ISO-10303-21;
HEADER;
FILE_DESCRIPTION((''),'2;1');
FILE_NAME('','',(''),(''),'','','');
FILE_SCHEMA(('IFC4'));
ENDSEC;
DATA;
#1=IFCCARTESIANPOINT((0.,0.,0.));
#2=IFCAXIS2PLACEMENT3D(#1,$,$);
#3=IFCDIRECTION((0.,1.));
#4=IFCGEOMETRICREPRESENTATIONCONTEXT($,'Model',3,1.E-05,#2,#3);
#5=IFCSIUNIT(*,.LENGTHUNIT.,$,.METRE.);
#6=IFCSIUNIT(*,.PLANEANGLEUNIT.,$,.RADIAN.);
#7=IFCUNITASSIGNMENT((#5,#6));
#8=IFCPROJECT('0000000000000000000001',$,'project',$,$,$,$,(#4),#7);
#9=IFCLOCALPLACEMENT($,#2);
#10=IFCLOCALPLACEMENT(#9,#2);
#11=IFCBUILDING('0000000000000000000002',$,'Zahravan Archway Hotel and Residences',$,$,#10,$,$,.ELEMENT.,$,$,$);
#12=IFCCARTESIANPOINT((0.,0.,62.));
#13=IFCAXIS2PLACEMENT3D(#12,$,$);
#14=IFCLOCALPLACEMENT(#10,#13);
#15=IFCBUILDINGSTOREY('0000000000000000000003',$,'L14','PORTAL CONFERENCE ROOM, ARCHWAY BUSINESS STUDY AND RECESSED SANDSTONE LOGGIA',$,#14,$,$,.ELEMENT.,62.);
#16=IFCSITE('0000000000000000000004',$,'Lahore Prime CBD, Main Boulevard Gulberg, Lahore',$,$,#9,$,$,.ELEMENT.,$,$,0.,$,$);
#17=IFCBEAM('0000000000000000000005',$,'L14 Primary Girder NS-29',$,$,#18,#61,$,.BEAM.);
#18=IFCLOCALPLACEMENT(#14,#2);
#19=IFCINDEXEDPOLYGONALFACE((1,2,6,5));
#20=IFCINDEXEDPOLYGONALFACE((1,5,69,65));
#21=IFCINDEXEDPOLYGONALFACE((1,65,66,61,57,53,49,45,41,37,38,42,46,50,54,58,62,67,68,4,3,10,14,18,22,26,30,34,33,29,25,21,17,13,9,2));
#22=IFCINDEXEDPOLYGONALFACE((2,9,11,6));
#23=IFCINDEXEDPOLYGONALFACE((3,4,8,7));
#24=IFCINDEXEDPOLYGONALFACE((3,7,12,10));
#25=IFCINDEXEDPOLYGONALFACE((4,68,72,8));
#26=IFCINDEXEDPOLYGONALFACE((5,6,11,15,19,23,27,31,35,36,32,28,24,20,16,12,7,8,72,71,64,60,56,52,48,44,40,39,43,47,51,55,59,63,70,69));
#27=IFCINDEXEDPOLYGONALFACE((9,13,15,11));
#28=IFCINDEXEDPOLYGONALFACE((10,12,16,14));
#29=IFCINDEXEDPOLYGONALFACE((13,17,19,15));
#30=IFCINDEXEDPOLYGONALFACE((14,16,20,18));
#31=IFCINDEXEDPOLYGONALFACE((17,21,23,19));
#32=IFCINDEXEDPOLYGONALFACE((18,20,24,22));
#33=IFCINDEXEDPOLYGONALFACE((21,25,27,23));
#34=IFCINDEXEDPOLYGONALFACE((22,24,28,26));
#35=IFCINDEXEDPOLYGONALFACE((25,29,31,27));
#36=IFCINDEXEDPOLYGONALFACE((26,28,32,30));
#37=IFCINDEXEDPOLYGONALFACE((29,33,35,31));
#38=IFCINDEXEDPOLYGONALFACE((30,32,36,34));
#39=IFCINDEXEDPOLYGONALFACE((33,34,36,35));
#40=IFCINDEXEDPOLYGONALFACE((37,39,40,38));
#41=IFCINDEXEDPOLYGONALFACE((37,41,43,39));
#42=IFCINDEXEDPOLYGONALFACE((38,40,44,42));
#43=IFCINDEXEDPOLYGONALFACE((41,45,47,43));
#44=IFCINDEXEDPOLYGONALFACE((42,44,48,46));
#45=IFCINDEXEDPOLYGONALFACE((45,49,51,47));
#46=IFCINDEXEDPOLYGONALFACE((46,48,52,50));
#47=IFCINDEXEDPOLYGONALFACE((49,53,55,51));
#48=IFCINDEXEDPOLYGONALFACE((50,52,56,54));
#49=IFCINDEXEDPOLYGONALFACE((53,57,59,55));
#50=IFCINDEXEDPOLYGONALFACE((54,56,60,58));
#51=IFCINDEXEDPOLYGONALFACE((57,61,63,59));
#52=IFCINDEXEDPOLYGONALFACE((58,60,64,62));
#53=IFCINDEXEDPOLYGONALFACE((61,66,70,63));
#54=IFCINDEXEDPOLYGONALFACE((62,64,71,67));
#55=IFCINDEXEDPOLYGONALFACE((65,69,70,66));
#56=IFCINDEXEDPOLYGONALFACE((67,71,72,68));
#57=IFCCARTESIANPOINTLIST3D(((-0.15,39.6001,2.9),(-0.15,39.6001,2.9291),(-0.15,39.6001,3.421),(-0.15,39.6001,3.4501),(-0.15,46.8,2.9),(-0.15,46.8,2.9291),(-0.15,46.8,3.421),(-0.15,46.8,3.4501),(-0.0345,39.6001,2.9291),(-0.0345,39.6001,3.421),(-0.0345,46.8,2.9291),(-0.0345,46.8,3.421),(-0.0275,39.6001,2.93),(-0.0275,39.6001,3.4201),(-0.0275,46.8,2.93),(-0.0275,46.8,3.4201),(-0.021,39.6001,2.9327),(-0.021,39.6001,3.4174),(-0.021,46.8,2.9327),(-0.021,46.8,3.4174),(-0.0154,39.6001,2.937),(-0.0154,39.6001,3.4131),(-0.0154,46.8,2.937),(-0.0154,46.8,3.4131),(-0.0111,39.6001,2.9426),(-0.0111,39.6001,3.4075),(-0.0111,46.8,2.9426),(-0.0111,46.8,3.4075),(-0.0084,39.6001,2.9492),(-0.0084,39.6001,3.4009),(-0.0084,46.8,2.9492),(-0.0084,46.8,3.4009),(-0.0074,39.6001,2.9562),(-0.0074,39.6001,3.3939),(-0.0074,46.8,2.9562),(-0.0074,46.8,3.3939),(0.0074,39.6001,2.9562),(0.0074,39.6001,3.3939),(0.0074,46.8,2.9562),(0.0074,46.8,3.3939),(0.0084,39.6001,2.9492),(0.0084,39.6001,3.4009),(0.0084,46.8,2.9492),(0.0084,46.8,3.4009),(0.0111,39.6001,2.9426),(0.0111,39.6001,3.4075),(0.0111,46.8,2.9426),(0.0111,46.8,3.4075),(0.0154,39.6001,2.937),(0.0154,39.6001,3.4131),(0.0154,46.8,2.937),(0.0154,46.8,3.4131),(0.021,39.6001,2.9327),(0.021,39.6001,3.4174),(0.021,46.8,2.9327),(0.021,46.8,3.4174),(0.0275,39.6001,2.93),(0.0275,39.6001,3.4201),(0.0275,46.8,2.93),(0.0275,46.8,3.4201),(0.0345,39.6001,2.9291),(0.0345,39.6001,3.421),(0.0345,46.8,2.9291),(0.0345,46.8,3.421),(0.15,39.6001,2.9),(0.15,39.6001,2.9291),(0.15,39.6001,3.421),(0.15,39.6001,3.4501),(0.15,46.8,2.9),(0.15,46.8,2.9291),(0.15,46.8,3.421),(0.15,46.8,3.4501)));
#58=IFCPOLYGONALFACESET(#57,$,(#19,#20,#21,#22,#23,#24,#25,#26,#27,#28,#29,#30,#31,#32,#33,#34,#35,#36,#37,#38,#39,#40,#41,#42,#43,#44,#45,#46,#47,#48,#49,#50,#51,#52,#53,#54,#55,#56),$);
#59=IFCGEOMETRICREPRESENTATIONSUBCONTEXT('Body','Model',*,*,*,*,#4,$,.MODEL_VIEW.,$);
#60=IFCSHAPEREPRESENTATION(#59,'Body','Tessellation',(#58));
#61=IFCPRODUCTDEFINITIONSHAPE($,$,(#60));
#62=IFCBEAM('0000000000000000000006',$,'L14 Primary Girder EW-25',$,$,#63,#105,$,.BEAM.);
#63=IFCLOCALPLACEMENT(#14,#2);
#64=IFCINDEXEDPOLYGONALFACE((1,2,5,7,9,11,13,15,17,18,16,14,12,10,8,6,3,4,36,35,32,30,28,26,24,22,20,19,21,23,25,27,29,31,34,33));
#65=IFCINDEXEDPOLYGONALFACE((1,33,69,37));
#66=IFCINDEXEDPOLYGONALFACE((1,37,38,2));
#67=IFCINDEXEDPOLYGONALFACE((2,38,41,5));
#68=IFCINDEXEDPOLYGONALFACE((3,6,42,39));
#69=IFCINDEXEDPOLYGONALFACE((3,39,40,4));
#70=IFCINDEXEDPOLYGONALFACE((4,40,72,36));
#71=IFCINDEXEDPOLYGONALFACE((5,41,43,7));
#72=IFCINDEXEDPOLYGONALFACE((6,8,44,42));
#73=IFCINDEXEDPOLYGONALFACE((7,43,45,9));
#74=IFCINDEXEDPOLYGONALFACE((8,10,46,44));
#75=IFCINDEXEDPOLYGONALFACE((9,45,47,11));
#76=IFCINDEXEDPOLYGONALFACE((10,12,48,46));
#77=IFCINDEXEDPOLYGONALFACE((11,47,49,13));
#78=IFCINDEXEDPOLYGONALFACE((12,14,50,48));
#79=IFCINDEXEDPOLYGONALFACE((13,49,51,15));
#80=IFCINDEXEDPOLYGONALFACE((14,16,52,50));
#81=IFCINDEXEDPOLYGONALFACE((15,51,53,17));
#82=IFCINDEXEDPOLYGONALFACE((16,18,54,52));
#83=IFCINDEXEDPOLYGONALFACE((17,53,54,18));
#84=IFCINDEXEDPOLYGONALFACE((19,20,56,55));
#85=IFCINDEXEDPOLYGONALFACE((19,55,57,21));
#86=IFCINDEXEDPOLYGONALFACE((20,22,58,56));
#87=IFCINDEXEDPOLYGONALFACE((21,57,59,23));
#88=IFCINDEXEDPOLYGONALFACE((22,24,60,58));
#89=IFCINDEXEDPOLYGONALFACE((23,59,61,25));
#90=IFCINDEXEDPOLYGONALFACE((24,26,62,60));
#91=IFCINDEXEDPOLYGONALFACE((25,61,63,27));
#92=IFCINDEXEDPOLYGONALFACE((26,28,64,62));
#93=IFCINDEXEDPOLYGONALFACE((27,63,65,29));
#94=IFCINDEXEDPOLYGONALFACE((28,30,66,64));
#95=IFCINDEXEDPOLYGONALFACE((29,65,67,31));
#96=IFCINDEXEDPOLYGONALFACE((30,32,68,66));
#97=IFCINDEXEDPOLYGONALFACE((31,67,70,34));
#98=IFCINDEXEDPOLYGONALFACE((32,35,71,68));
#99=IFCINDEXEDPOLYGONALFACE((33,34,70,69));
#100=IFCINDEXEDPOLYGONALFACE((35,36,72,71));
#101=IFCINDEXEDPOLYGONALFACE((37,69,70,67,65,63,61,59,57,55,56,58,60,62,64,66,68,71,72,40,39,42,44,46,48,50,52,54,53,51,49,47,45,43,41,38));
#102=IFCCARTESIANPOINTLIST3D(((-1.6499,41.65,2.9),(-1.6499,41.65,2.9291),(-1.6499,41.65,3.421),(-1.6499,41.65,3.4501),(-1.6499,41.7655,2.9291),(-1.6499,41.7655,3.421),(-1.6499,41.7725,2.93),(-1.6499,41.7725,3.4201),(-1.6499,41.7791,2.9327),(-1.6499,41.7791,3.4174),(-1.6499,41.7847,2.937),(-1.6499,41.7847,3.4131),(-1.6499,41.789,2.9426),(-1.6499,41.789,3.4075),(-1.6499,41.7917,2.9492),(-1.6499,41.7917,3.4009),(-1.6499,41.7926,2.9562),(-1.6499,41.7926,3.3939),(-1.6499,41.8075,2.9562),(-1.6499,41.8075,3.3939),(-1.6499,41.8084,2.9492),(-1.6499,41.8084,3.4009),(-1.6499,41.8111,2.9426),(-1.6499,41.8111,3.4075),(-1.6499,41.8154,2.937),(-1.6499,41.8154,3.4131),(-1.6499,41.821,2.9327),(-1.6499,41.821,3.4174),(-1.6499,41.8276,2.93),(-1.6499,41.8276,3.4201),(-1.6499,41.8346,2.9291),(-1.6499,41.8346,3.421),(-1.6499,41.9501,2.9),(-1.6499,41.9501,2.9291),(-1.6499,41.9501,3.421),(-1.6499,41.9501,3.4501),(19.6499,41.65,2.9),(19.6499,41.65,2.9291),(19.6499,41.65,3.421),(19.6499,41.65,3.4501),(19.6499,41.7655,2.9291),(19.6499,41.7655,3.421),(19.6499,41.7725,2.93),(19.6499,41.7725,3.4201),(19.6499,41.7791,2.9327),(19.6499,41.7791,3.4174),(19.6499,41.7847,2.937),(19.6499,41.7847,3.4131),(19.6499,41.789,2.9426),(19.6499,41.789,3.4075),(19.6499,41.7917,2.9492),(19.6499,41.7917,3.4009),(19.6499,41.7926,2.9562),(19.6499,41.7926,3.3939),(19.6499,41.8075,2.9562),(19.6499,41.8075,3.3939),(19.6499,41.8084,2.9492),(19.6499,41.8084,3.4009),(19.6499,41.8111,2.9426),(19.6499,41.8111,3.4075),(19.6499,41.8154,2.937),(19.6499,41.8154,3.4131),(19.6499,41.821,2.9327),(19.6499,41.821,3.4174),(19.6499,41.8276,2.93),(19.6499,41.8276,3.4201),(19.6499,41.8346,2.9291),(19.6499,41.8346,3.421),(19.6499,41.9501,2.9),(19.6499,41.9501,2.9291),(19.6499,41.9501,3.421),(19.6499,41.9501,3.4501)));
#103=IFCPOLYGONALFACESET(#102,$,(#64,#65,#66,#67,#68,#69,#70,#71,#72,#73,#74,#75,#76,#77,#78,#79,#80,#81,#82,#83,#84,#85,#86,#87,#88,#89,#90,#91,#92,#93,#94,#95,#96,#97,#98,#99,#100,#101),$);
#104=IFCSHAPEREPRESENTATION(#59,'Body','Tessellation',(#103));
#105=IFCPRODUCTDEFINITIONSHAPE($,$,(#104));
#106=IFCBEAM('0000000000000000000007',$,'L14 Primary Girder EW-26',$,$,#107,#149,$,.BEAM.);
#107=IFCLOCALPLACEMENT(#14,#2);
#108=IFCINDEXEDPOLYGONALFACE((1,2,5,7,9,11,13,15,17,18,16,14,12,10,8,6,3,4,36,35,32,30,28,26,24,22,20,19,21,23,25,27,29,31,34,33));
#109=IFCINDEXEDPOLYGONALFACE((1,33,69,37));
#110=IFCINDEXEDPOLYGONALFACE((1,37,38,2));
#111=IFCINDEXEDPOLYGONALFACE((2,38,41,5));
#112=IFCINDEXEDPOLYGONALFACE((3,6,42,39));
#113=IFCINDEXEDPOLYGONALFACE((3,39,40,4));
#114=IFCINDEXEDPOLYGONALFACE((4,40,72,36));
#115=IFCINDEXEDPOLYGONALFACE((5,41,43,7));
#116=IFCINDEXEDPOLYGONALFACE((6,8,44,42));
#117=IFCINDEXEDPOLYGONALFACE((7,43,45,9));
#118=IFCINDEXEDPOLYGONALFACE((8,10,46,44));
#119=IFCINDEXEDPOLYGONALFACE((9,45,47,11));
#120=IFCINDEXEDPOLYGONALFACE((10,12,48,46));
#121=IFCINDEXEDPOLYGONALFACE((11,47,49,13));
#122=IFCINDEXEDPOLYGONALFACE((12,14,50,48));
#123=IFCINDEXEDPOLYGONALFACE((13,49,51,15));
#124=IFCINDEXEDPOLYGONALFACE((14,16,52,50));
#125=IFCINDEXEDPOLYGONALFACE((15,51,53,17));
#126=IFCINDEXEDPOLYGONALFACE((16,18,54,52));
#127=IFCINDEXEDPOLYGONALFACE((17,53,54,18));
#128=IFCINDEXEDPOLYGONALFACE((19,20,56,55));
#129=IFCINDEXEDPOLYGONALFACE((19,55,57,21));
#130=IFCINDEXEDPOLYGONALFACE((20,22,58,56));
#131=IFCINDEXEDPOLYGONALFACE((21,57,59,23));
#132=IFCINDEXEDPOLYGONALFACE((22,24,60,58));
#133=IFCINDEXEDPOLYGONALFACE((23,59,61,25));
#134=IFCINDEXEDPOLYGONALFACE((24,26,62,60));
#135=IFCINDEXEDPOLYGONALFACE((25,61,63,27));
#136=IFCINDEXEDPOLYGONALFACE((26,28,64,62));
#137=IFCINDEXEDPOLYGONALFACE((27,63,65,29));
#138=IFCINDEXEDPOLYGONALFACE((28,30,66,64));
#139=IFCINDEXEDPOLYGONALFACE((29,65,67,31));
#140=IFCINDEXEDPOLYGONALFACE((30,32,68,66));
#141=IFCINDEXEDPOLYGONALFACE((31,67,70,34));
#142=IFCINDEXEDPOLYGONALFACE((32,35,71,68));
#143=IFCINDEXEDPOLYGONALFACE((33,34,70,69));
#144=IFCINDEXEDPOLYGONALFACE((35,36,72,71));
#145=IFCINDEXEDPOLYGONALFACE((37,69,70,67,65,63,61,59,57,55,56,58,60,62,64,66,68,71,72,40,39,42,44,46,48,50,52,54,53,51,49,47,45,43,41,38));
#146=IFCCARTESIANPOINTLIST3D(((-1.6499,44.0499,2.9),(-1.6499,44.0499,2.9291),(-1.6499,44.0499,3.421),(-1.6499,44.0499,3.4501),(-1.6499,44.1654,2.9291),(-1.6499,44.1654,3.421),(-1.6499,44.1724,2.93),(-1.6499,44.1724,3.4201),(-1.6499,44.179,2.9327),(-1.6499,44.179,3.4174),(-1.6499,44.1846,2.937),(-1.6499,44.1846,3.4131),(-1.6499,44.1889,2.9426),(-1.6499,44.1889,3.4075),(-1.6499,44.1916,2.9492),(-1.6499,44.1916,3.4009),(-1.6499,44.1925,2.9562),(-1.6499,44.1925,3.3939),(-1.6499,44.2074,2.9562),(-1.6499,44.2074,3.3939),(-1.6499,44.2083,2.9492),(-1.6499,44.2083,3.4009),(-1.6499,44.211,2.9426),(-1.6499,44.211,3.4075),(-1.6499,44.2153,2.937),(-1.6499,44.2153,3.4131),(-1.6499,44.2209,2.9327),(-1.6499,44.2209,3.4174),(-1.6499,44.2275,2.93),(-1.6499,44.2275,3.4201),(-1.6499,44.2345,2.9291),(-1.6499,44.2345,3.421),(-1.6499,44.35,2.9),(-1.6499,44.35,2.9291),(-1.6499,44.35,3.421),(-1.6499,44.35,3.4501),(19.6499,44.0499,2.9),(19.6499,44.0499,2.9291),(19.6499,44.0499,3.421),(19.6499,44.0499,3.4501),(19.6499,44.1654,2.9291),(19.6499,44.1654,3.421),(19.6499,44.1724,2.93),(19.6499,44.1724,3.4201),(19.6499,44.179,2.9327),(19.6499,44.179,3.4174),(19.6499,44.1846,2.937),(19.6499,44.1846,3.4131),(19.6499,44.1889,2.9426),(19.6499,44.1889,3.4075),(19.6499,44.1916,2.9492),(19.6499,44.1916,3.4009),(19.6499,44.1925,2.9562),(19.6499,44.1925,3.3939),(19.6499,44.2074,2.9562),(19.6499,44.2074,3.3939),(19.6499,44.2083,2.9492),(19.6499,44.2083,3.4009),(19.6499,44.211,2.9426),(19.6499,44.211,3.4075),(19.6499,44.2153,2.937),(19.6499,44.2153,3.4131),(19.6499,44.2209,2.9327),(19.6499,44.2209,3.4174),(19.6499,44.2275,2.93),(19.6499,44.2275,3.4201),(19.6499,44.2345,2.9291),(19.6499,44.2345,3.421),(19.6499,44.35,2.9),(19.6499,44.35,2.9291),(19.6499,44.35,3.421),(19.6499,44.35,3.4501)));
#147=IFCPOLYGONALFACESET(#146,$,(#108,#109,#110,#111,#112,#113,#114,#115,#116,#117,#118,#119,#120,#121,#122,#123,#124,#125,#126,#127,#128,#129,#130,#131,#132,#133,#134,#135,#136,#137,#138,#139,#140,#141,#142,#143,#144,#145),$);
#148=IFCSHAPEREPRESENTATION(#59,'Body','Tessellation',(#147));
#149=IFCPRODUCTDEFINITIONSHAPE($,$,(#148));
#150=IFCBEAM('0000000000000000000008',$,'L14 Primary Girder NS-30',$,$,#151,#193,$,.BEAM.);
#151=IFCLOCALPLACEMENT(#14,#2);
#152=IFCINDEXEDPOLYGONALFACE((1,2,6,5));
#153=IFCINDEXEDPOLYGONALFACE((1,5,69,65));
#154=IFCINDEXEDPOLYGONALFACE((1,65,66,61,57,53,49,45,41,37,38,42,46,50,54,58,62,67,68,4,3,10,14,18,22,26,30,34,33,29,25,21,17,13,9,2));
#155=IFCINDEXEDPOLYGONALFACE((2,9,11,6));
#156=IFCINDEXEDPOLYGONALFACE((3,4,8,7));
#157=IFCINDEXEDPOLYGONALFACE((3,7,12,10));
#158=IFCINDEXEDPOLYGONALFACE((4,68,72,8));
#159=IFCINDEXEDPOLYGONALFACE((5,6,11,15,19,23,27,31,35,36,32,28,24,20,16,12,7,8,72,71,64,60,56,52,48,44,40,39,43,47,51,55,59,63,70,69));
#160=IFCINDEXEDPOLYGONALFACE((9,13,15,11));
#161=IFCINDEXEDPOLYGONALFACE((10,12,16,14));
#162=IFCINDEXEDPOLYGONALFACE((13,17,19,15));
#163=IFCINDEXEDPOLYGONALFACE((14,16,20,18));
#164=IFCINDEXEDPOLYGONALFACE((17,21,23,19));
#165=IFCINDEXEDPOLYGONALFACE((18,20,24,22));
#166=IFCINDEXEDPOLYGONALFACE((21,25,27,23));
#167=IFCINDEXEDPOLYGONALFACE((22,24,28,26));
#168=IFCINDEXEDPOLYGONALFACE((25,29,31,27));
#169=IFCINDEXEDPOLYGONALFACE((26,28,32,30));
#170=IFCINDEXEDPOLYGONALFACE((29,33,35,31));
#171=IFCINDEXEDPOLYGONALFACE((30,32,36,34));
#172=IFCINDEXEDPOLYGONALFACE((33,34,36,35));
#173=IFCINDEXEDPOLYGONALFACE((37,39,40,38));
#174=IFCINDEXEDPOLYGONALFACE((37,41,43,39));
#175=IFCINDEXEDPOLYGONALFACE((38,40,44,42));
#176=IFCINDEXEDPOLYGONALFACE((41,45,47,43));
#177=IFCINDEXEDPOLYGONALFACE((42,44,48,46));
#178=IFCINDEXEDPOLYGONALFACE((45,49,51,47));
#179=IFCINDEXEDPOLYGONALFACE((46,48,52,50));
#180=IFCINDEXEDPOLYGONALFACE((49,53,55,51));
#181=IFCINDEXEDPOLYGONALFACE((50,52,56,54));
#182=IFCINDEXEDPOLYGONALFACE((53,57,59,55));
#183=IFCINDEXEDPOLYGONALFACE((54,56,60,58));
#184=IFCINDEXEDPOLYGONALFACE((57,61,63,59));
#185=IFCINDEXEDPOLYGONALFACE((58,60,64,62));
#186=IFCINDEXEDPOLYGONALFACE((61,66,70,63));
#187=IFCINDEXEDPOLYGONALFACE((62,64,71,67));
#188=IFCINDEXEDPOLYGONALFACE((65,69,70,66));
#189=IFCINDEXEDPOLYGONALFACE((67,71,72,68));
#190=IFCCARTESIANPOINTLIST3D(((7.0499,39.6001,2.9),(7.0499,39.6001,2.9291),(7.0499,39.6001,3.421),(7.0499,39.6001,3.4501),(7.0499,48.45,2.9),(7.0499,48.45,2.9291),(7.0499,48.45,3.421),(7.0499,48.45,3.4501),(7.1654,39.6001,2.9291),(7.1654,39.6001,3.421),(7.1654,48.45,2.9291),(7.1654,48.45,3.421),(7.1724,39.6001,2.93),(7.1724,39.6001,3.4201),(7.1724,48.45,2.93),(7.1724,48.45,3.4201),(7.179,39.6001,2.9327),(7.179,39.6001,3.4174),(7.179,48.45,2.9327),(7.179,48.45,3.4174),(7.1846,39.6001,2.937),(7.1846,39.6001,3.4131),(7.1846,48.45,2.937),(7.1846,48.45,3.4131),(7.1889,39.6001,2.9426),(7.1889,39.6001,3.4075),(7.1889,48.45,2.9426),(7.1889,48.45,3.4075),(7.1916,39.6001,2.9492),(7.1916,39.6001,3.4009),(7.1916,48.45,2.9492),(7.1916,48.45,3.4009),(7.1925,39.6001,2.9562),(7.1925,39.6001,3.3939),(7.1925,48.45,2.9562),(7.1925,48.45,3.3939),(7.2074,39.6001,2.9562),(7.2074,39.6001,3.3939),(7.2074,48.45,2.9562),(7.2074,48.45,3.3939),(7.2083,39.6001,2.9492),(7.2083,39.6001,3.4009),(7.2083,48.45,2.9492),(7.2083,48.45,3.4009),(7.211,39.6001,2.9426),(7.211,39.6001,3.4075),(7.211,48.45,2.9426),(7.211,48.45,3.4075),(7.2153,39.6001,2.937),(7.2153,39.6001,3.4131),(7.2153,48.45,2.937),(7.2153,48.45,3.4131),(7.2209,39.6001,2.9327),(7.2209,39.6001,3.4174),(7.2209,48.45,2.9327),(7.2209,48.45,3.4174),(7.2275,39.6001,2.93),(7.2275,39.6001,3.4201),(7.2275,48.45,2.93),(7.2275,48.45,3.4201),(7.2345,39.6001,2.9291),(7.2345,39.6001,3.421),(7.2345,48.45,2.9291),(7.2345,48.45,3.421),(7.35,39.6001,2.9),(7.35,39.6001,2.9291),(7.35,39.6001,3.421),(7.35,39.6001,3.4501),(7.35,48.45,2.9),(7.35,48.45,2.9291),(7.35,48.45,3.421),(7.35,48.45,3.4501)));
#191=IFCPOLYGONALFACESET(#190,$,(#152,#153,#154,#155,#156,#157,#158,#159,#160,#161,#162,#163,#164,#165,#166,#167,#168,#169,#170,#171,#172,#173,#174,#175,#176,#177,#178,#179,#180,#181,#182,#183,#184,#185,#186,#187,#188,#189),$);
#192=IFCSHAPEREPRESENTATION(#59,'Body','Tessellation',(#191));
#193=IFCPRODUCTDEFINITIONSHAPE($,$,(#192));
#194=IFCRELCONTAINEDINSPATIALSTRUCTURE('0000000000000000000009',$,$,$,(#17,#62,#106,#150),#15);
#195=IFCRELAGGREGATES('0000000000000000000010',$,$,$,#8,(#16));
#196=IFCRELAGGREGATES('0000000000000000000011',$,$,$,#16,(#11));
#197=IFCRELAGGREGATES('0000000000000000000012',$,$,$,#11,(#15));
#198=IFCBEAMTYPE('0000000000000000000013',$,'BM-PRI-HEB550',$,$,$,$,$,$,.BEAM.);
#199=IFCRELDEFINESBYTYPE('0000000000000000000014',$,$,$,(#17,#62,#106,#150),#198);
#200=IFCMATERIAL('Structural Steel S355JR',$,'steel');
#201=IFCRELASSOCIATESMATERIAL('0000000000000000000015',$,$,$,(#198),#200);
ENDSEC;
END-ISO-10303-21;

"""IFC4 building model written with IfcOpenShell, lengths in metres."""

from ifc_helpers import new_model, si_unit, direction, frame, origin, origin_2d, place, context, subcontext, project, spatial, i_section, extrude, source, transform, mapped, material, material_profile, profile_set, type_object, element, save


model = new_model("IFC4")

# Units and contexts
model_context = context("Model", 3, precision=1e-05, world=origin(), true_north=direction((0.0, 1.0)))
body_context = subcontext(model_context, "Body", "Model", "MODEL_VIEW")
ifc_project = project(units=[si_unit("LENGTHUNIT", "METRE"), si_unit("PLANEANGLEUNIT", "RADIAN")], contexts=[model_context])

# Site, building, storey
site_placement = place(None, origin())
site = spatial("IfcSite", under=ifc_project, at=site_placement, Name="Lahore Prime CBD, Main Boulevard Gulberg, Lahore", CompositionType="ELEMENT", RefElevation=0.0)
building_placement = place(site_placement, origin())
building = spatial("IfcBuilding", under=site, at=building_placement, Name="Zahravan Archway Hotel and Residences", CompositionType="ELEMENT")
storey_placement = place(building_placement, frame((0.0, 0.0, 62.0)))
storey = spatial("IfcBuildingStorey", under=building, at=storey_placement, Name="L14", Description="PORTAL CONFERENCE ROOM, ARCHWAY BUSINESS STUDY AND RECESSED SANDSTONE LOGGIA", CompositionType="ELEMENT", Elevation=62.0)

# Beams
ifc_material_1 = material(Name="Structural Steel S355JR", Category="steel")
ifc_material_profile_1 = material_profile(ifc_material_1, i_section(OverallWidth=0.3, OverallDepth=0.55, WebThickness=0.0149, FlangeThickness=0.0291, FilletRadius=0.0271, at=origin_2d()), Name="HEB 550", Category="steel")
ifc_profile_set_1 = profile_set([ifc_material_profile_1], Name="Structural Steel S355JR")
beam_type_1 = type_object("IfcBeamType", Name="BM-PRI-HEB550", PredefinedType="BEAM", material=ifc_profile_set_1)
shared_shape_1 = source(origin(), body_context, "Body", "SweptSolid", [
    extrude(i_section(OverallWidth=0.3, OverallDepth=0.55, WebThickness=0.0149, FlangeThickness=0.0291, FilletRadius=0.0271, at=origin_2d()), origin(), (0.0, 0.0, 1.0), 7.2),
])
for number, where, z_axis, x_axis, name in (
    (1, (0.0, 39.6001, 3.175), (0.0, 1.0, 0.0), (-1.0, 0.0, 0.0), "L14 Primary Girder NS-29"),
):
    element("IfcBeam", number, at=place(storey_placement, frame(where, z_axis=z_axis, x_axis=x_axis)), inside=storey, type_object=beam_type_1, Name=name, PredefinedType="BEAM", context=body_context, shape_type="MappedRepresentation", body=[
        mapped(shared_shape_1, transform((0.0, 0.0, 0.0), scale=1.0)),
    ])
shared_shape_2 = source(origin(), body_context, "Body", "SweptSolid", [
    extrude(i_section(OverallWidth=0.3, OverallDepth=0.55, WebThickness=0.0149, FlangeThickness=0.0291, FilletRadius=0.0271, at=origin_2d()), origin(), (0.0, 0.0, 1.0), 21.2998),
])
for number, where, z_axis, x_axis, name in (
    (2, (-1.6499, 41.8, 3.175), (1.0, 0.0, 0.0), (0.0, 1.0, 0.0), "L14 Primary Girder EW-25"),
    (3, (-1.6499, 44.2, 3.175), (1.0, 0.0, 0.0), (0.0, 1.0, 0.0), "L14 Primary Girder EW-26"),
):
    element("IfcBeam", number, at=place(storey_placement, frame(where, z_axis=z_axis, x_axis=x_axis)), inside=storey, type_object=beam_type_1, Name=name, PredefinedType="BEAM", context=body_context, shape_type="MappedRepresentation", body=[
        mapped(shared_shape_2, transform((0.0, 0.0, 0.0), scale=1.0)),
    ])
shared_shape_3 = source(origin(), body_context, "Body", "SweptSolid", [
    extrude(i_section(OverallWidth=0.3, OverallDepth=0.55, WebThickness=0.0149, FlangeThickness=0.0291, FilletRadius=0.0271, at=origin_2d()), origin(), (0.0, 0.0, 1.0), 8.8499),
])
beam_1_placement = place(storey_placement, frame((7.2, 39.6001, 3.175), z_axis=(0.0, 1.0, 0.0), x_axis=(-1.0, 0.0, 0.0)))
element("IfcBeam", 4, at=beam_1_placement, inside=storey, type_object=beam_type_1, Name="L14 Primary Girder NS-30", PredefinedType="BEAM", context=body_context, shape_type="MappedRepresentation", body=[
    mapped(shared_shape_3, transform((0.0, 0.0, 0.0), scale=1.0)),
])

save(model, "model.ifc")
